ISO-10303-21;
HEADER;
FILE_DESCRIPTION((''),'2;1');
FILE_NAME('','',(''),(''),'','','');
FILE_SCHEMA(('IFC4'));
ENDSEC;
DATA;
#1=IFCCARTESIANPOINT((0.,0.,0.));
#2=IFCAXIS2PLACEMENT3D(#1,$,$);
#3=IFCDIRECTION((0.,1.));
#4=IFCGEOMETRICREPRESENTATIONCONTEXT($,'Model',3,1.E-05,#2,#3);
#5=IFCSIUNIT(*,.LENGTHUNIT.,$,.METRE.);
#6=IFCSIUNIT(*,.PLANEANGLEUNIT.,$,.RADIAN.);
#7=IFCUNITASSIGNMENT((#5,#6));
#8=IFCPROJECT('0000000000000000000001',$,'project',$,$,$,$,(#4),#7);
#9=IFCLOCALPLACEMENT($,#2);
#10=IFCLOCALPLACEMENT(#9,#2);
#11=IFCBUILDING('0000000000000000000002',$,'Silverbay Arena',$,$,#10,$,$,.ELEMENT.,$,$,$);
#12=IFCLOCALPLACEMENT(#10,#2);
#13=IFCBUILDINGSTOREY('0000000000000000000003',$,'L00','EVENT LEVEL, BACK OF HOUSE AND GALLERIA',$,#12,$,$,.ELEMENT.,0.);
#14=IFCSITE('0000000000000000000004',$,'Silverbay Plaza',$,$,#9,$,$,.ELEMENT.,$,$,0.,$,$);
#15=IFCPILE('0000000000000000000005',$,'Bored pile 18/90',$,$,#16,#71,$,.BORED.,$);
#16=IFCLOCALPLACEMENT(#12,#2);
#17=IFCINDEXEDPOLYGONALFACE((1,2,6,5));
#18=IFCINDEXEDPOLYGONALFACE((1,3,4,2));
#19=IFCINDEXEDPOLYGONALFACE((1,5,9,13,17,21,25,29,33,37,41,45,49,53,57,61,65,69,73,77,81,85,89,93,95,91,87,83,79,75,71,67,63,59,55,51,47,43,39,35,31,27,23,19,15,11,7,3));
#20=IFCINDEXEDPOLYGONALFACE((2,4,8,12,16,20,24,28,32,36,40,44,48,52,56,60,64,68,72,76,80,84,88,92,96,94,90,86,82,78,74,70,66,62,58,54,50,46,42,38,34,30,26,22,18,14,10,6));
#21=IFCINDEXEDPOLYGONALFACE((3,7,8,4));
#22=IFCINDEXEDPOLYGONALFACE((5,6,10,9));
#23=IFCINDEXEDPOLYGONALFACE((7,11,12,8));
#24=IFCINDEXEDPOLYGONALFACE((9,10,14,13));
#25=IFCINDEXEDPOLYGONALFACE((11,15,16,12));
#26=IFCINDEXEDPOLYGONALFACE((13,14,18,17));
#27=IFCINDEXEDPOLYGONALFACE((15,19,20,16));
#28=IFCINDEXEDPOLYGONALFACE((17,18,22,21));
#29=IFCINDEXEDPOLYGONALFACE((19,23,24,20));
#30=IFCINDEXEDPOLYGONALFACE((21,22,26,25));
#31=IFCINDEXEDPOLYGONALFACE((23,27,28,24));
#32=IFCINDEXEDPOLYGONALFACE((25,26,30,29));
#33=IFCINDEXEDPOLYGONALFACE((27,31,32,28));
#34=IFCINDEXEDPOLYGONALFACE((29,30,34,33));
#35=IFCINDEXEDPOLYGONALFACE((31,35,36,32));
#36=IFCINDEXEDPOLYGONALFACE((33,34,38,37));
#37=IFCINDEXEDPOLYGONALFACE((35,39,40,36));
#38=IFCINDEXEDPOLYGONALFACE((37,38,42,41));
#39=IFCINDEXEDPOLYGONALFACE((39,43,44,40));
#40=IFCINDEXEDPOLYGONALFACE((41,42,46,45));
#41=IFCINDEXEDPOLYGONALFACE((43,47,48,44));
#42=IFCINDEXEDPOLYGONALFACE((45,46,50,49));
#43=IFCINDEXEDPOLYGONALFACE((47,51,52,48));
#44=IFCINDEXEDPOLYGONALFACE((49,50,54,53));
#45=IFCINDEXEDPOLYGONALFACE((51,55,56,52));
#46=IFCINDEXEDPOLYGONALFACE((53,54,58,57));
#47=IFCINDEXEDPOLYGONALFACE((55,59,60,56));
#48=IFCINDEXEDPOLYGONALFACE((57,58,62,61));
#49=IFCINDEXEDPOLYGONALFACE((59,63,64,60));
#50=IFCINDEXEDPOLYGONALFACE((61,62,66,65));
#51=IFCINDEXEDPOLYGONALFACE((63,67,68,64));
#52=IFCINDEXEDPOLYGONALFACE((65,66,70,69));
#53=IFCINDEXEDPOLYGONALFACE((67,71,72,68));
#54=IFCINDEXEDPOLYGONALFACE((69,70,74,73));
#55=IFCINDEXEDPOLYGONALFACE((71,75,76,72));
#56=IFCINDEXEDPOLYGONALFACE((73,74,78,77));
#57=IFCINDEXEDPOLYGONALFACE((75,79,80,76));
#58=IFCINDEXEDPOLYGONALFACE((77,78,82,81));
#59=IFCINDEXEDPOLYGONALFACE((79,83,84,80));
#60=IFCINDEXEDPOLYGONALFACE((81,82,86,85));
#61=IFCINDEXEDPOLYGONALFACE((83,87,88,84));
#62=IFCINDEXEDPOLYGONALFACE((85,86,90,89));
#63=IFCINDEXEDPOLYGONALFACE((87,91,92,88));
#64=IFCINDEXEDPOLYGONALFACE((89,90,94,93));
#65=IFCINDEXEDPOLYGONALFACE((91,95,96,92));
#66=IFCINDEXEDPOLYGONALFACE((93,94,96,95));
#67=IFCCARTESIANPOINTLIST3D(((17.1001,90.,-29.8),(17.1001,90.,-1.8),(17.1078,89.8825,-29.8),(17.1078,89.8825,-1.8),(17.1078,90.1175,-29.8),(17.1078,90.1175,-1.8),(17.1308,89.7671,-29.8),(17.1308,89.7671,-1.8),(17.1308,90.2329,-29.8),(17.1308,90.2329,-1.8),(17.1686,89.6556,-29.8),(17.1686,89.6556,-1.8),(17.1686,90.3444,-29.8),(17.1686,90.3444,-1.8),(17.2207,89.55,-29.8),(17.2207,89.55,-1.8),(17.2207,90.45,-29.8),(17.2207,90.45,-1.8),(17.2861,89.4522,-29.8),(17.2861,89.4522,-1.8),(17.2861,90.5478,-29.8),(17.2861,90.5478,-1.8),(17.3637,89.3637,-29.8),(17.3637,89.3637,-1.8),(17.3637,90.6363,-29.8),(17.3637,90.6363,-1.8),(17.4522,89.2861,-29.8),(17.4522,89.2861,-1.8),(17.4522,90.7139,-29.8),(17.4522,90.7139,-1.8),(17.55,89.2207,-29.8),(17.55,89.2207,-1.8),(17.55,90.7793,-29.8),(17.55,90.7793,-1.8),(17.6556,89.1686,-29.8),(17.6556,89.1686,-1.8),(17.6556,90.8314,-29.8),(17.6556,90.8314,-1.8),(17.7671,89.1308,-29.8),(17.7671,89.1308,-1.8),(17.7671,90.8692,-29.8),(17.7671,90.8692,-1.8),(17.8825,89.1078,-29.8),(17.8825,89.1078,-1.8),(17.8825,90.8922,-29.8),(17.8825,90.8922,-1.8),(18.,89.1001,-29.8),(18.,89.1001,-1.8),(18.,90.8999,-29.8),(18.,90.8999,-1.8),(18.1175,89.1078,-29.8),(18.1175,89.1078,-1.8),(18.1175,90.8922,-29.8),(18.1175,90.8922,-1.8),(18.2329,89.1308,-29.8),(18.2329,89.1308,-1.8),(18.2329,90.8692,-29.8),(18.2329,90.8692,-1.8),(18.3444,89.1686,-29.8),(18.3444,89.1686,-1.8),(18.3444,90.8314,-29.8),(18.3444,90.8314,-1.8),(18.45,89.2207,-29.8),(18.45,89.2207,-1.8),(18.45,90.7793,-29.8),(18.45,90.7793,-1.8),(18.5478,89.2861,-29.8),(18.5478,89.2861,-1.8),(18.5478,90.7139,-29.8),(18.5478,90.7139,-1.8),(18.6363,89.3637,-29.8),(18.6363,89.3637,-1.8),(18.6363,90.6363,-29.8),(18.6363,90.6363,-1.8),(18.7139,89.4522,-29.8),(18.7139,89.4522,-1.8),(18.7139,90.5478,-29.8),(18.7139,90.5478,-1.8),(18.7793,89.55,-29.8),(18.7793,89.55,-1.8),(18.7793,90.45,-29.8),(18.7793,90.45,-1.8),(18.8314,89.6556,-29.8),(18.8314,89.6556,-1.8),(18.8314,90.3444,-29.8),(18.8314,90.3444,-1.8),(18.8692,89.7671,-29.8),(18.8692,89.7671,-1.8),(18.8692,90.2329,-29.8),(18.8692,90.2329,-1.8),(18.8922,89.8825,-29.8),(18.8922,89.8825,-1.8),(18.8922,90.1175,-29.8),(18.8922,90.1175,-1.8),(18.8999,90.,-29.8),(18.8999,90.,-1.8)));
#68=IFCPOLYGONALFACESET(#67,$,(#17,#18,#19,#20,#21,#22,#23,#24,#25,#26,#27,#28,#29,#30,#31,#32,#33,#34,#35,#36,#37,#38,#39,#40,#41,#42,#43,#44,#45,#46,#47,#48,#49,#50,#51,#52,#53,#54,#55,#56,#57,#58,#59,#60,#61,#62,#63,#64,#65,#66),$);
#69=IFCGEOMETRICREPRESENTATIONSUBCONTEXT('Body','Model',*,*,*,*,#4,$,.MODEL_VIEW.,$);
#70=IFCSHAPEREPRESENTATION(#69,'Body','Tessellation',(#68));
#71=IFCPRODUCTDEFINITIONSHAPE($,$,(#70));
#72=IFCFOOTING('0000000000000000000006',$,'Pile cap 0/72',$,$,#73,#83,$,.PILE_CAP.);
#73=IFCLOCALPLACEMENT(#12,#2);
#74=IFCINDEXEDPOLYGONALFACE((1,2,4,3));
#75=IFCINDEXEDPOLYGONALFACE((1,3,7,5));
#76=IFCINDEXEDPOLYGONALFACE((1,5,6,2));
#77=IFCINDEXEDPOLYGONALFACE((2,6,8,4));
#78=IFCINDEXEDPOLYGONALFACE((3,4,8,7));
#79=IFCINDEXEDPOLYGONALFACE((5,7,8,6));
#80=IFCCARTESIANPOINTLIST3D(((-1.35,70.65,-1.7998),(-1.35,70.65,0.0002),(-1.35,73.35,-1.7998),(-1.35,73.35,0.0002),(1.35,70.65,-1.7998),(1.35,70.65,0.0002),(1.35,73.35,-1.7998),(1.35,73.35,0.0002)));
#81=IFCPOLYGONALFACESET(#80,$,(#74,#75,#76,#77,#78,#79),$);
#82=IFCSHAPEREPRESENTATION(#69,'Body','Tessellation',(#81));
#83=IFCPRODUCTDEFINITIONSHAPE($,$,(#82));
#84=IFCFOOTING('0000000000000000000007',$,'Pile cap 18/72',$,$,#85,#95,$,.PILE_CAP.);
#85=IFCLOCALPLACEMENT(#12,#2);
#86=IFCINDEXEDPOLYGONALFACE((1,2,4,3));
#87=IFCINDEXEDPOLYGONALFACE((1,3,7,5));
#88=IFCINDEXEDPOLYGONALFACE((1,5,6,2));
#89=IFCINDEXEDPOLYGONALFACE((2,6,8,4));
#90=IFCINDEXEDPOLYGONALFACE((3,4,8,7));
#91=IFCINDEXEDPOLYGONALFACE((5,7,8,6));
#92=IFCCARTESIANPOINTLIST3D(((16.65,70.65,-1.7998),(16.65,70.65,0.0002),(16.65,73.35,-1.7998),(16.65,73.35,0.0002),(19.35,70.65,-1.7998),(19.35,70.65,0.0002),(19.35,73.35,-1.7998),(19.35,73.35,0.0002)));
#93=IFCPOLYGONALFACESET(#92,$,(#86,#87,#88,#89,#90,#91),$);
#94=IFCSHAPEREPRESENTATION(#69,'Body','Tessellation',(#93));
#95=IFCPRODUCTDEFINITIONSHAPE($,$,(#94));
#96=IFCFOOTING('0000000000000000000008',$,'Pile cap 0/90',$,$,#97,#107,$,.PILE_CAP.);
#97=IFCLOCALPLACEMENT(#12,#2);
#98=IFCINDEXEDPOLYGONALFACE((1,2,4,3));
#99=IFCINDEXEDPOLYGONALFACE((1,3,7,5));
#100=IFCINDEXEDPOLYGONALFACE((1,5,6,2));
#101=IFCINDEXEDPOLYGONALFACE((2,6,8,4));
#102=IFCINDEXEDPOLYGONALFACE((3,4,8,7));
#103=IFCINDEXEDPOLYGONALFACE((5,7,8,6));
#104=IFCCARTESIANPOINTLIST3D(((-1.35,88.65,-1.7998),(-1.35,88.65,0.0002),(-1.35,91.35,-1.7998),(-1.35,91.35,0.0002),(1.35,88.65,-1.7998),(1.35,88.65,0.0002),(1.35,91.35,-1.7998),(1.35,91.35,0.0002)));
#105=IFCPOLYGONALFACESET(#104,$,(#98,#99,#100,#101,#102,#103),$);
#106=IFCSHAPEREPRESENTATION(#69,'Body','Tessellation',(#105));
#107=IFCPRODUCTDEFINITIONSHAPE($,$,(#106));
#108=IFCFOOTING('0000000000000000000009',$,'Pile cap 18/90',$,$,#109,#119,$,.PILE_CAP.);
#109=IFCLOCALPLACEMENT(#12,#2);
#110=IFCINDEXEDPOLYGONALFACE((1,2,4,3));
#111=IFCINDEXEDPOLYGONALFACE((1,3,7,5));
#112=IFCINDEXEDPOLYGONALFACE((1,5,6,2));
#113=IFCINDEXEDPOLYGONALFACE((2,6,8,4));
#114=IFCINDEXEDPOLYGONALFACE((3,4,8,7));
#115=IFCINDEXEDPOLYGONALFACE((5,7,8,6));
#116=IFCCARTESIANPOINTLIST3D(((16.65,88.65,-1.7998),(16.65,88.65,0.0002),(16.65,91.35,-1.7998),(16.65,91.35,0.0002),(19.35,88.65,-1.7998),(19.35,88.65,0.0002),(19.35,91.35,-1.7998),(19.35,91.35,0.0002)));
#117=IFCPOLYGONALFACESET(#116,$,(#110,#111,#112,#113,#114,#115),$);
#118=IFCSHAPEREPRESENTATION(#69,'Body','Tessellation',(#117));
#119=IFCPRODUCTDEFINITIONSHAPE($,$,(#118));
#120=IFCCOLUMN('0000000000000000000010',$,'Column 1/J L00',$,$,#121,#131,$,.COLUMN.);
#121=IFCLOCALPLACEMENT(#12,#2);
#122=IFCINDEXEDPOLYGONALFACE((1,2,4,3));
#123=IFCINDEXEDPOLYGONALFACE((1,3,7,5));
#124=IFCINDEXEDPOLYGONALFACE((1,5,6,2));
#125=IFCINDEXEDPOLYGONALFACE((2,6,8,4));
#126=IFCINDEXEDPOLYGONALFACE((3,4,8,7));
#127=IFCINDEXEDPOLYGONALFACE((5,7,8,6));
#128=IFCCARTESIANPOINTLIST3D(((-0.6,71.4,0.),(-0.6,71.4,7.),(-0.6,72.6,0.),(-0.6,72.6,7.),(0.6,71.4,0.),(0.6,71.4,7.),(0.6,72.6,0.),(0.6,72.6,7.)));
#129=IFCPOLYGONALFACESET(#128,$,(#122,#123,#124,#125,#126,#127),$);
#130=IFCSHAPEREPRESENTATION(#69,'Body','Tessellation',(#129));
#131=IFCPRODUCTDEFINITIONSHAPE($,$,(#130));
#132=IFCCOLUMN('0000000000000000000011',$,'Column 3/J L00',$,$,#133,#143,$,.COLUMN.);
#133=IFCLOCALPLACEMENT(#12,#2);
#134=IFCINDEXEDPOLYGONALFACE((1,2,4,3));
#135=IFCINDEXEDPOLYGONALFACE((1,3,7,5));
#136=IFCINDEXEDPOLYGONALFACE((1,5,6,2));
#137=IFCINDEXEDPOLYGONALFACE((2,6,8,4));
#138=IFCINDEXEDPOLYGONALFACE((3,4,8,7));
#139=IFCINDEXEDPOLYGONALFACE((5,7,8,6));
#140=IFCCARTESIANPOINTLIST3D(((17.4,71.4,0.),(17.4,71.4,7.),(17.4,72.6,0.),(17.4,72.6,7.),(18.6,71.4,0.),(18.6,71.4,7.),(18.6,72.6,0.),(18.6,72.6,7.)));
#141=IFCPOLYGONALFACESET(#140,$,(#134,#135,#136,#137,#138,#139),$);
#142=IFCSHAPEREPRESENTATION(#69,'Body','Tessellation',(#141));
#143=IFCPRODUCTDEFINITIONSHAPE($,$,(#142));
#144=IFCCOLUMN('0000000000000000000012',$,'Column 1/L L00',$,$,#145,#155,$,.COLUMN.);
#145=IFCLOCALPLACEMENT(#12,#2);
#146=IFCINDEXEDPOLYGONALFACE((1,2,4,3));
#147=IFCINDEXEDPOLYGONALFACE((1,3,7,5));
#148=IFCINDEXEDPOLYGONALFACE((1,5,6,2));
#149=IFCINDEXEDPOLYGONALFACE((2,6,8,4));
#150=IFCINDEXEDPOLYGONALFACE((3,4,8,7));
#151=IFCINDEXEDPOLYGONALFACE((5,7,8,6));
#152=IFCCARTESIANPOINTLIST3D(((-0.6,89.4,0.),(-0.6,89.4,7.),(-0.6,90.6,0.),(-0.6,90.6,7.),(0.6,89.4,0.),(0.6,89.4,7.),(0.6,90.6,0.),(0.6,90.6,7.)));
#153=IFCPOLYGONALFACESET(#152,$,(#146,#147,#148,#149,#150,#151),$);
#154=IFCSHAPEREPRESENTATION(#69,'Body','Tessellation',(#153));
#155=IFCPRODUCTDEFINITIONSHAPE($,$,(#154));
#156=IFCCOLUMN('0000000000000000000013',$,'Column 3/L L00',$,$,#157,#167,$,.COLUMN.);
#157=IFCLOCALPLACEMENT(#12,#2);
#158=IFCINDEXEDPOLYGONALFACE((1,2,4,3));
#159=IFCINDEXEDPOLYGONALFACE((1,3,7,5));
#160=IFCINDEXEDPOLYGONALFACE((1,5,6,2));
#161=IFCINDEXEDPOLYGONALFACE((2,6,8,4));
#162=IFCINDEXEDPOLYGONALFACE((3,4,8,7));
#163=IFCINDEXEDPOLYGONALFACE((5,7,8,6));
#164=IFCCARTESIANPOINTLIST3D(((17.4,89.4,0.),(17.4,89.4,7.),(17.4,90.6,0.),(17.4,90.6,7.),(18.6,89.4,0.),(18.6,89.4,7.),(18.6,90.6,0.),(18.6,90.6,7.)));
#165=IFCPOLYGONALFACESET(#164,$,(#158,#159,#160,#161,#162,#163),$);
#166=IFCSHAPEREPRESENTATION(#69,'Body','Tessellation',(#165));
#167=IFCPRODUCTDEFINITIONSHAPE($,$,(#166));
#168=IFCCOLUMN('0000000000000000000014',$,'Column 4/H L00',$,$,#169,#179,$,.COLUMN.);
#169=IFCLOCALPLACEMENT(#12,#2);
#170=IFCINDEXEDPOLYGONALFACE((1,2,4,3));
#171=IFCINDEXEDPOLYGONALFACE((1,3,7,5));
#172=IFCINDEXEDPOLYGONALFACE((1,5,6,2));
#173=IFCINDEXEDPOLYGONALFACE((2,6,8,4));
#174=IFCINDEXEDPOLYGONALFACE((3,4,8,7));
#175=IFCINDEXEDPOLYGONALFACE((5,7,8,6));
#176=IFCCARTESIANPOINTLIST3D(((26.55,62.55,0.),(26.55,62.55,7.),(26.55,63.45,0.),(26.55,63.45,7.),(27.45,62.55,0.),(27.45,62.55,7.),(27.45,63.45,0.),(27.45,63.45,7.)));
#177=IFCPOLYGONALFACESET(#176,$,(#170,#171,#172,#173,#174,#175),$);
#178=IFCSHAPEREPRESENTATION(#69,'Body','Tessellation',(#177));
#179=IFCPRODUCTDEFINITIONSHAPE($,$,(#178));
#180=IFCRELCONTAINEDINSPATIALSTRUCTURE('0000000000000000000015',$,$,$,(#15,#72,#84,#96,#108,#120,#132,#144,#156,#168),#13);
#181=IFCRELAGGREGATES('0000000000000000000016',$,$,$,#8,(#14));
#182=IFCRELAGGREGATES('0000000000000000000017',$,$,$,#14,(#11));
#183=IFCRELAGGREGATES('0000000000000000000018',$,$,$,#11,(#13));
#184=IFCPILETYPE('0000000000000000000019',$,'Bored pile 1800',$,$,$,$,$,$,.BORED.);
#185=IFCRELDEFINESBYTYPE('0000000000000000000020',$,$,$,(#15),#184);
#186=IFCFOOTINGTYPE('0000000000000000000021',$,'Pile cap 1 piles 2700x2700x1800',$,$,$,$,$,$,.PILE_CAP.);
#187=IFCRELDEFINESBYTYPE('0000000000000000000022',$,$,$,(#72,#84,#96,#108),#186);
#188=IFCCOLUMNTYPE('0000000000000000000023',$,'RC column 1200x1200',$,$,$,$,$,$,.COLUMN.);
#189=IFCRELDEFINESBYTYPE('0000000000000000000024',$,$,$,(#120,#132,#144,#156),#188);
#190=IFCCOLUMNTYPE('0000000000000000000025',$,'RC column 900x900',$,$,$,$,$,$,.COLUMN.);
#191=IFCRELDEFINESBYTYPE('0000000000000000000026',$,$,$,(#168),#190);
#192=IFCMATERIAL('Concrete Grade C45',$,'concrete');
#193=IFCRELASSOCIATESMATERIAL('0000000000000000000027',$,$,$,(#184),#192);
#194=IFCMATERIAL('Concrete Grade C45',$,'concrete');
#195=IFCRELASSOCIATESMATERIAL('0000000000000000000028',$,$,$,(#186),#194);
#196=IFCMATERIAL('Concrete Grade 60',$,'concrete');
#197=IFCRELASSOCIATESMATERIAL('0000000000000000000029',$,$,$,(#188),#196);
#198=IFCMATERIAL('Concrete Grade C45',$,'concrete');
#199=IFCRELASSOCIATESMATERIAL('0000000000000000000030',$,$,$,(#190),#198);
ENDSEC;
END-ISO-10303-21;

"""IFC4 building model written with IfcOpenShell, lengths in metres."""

from ifc_helpers import new_model, si_unit, direction, frame, origin, origin_2d, place, context, subcontext, project, spatial, rectangle, circle, extrude, material, material_profile, profile_set, type_object, element, save


model = new_model("IFC4")

# Units and contexts
model_context = context("Model", 3, precision=1e-05, world=origin(), true_north=direction((0.0, 1.0)))
body_context = subcontext(model_context, "Body", "Model", "MODEL_VIEW")
ifc_project = project(units=[si_unit("LENGTHUNIT", "METRE"), si_unit("PLANEANGLEUNIT", "RADIAN")], contexts=[model_context])

# Site, building, storey
site_placement = place(None, origin())
site = spatial("IfcSite", under=ifc_project, at=site_placement, Name="Silverbay Plaza", CompositionType="ELEMENT", RefElevation=0.0)
building_placement = place(site_placement, origin())
building = spatial("IfcBuilding", under=site, at=building_placement, Name="Silverbay Arena", CompositionType="ELEMENT")
storey_placement = place(building_placement, origin())
storey = spatial("IfcBuildingStorey", under=building, at=storey_placement, Name="L00", Description="EVENT LEVEL, BACK OF HOUSE AND GALLERIA", CompositionType="ELEMENT", Elevation=0.0)

# Pile
ifc_material_1 = material(Name="Concrete Grade C45", Category="concrete")
ifc_material_profile_1 = material_profile(ifc_material_1, circle(Radius=0.8999, at=origin_2d()), Name="Bored pile 1800")
ifc_profile_set_1 = profile_set([ifc_material_profile_1], Name="Concrete Grade C45")
pile_type = type_object("IfcPileType", Name="Bored pile 1800", PredefinedType="BORED", material=ifc_profile_set_1)
for number, where, z_axis, x_axis, name in (
    (1, (18.0, 90.0, -1.8), (0.0, 0.0, -1.0), (1.0, 0.0, 0.0), "Bored pile 18/90"),
):
    element("IfcPile", number, at=place(storey_placement, frame(where, z_axis=z_axis, x_axis=x_axis)), inside=storey, type_object=pile_type, Name=name, PredefinedType="BORED", context=body_context, shape_type="SweptSolid", body=[
        extrude(circle(Radius=0.8999, at=origin_2d()), origin(), (0.0, 0.0, 1.0), 28.0),
    ])

# Footings
ifc_material_2 = material(Name="Concrete Grade C45", Category="concrete")
footing_type = type_object("IfcFootingType", Name="Pile cap 1 piles 2700x2700x1800", PredefinedType="PILE_CAP", material=ifc_material_2)
for number, where, z_axis, x_axis, name in (
    (2, (0.0, 72.0, -1.7998), (0.0, 0.0, 1.0), (1.0, 0.0, 0.0), "Pile cap 0/72"),
    (3, (18.0, 72.0, -1.7998), (0.0, 0.0, 1.0), (1.0, 0.0, 0.0), "Pile cap 18/72"),
    (4, (0.0, 90.0, -1.7998), (0.0, 0.0, 1.0), (1.0, 0.0, 0.0), "Pile cap 0/90"),
    (5, (18.0, 90.0, -1.7998), (0.0, 0.0, 1.0), (1.0, 0.0, 0.0), "Pile cap 18/90"),
):
    element("IfcFooting", number, at=place(storey_placement, frame(where, z_axis=z_axis, x_axis=x_axis)), inside=storey, type_object=footing_type, Name=name, PredefinedType="PILE_CAP", context=body_context, shape_type="SweptSolid", body=[
        extrude(rectangle(XDim=2.7, YDim=2.7, at=origin_2d()), origin(), (0.0, 0.0, 1.0), 1.8),
    ])

# Columns
ifc_material_3 = material(Name="Concrete Grade 60", Category="concrete")
ifc_material_profile_2 = material_profile(ifc_material_3, rectangle(XDim=1.2, YDim=1.2, at=origin_2d()), Name="RC 1200x1200")
ifc_profile_set_2 = profile_set([ifc_material_profile_2], Name="Concrete Grade 60")
column_type_1 = type_object("IfcColumnType", Name="RC column 1200x1200", PredefinedType="COLUMN", material=ifc_profile_set_2)
for number, where, z_axis, x_axis, name in (
    (6, (0.0, 72.0, 0.0), (0.0, 0.0, 1.0), (1.0, 0.0, 0.0), "Column 1/J L00"),
    (7, (18.0, 72.0, 0.0), (0.0, 0.0, 1.0), (1.0, 0.0, 0.0), "Column 3/J L00"),
    (8, (0.0, 90.0, 0.0), (0.0, 0.0, 1.0), (1.0, 0.0, 0.0), "Column 1/L L00"),
    (9, (18.0, 90.0, 0.0), (0.0, 0.0, 1.0), (1.0, 0.0, 0.0), "Column 3/L L00"),
):
    element("IfcColumn", number, at=place(storey_placement, frame(where, z_axis=z_axis, x_axis=x_axis)), inside=storey, type_object=column_type_1, Name=name, PredefinedType="COLUMN", context=body_context, shape_type="SweptSolid", body=[
        extrude(rectangle(XDim=1.2, YDim=1.2, at=origin_2d()), origin(), (0.0, 0.0, 1.0), 7.0),
    ])
ifc_material_4 = material(Name="Concrete Grade C45", Category="concrete")
ifc_material_profile_3 = material_profile(ifc_material_4, rectangle(XDim=0.8999, YDim=0.8999, at=origin_2d()), Name="RC 900x900")
ifc_profile_set_3 = profile_set([ifc_material_profile_3], Name="Concrete Grade C45")
column_type_2 = type_object("IfcColumnType", Name="RC column 900x900", PredefinedType="COLUMN", material=ifc_profile_set_3)
column_placement = place(storey_placement, frame((27.0, 63.0, 0.0), z_axis=(0.0, 0.0, 1.0), x_axis=(1.0, 0.0, 0.0)))
element("IfcColumn", 10, at=column_placement, inside=storey, type_object=column_type_2, Name="Column 4/H L00", PredefinedType="COLUMN", context=body_context, shape_type="SweptSolid", body=[
    extrude(rectangle(XDim=0.8999, YDim=0.8999, at=origin_2d()), origin(), (0.0, 0.0, 1.0), 7.0),
])

save(model, "model.ifc")
